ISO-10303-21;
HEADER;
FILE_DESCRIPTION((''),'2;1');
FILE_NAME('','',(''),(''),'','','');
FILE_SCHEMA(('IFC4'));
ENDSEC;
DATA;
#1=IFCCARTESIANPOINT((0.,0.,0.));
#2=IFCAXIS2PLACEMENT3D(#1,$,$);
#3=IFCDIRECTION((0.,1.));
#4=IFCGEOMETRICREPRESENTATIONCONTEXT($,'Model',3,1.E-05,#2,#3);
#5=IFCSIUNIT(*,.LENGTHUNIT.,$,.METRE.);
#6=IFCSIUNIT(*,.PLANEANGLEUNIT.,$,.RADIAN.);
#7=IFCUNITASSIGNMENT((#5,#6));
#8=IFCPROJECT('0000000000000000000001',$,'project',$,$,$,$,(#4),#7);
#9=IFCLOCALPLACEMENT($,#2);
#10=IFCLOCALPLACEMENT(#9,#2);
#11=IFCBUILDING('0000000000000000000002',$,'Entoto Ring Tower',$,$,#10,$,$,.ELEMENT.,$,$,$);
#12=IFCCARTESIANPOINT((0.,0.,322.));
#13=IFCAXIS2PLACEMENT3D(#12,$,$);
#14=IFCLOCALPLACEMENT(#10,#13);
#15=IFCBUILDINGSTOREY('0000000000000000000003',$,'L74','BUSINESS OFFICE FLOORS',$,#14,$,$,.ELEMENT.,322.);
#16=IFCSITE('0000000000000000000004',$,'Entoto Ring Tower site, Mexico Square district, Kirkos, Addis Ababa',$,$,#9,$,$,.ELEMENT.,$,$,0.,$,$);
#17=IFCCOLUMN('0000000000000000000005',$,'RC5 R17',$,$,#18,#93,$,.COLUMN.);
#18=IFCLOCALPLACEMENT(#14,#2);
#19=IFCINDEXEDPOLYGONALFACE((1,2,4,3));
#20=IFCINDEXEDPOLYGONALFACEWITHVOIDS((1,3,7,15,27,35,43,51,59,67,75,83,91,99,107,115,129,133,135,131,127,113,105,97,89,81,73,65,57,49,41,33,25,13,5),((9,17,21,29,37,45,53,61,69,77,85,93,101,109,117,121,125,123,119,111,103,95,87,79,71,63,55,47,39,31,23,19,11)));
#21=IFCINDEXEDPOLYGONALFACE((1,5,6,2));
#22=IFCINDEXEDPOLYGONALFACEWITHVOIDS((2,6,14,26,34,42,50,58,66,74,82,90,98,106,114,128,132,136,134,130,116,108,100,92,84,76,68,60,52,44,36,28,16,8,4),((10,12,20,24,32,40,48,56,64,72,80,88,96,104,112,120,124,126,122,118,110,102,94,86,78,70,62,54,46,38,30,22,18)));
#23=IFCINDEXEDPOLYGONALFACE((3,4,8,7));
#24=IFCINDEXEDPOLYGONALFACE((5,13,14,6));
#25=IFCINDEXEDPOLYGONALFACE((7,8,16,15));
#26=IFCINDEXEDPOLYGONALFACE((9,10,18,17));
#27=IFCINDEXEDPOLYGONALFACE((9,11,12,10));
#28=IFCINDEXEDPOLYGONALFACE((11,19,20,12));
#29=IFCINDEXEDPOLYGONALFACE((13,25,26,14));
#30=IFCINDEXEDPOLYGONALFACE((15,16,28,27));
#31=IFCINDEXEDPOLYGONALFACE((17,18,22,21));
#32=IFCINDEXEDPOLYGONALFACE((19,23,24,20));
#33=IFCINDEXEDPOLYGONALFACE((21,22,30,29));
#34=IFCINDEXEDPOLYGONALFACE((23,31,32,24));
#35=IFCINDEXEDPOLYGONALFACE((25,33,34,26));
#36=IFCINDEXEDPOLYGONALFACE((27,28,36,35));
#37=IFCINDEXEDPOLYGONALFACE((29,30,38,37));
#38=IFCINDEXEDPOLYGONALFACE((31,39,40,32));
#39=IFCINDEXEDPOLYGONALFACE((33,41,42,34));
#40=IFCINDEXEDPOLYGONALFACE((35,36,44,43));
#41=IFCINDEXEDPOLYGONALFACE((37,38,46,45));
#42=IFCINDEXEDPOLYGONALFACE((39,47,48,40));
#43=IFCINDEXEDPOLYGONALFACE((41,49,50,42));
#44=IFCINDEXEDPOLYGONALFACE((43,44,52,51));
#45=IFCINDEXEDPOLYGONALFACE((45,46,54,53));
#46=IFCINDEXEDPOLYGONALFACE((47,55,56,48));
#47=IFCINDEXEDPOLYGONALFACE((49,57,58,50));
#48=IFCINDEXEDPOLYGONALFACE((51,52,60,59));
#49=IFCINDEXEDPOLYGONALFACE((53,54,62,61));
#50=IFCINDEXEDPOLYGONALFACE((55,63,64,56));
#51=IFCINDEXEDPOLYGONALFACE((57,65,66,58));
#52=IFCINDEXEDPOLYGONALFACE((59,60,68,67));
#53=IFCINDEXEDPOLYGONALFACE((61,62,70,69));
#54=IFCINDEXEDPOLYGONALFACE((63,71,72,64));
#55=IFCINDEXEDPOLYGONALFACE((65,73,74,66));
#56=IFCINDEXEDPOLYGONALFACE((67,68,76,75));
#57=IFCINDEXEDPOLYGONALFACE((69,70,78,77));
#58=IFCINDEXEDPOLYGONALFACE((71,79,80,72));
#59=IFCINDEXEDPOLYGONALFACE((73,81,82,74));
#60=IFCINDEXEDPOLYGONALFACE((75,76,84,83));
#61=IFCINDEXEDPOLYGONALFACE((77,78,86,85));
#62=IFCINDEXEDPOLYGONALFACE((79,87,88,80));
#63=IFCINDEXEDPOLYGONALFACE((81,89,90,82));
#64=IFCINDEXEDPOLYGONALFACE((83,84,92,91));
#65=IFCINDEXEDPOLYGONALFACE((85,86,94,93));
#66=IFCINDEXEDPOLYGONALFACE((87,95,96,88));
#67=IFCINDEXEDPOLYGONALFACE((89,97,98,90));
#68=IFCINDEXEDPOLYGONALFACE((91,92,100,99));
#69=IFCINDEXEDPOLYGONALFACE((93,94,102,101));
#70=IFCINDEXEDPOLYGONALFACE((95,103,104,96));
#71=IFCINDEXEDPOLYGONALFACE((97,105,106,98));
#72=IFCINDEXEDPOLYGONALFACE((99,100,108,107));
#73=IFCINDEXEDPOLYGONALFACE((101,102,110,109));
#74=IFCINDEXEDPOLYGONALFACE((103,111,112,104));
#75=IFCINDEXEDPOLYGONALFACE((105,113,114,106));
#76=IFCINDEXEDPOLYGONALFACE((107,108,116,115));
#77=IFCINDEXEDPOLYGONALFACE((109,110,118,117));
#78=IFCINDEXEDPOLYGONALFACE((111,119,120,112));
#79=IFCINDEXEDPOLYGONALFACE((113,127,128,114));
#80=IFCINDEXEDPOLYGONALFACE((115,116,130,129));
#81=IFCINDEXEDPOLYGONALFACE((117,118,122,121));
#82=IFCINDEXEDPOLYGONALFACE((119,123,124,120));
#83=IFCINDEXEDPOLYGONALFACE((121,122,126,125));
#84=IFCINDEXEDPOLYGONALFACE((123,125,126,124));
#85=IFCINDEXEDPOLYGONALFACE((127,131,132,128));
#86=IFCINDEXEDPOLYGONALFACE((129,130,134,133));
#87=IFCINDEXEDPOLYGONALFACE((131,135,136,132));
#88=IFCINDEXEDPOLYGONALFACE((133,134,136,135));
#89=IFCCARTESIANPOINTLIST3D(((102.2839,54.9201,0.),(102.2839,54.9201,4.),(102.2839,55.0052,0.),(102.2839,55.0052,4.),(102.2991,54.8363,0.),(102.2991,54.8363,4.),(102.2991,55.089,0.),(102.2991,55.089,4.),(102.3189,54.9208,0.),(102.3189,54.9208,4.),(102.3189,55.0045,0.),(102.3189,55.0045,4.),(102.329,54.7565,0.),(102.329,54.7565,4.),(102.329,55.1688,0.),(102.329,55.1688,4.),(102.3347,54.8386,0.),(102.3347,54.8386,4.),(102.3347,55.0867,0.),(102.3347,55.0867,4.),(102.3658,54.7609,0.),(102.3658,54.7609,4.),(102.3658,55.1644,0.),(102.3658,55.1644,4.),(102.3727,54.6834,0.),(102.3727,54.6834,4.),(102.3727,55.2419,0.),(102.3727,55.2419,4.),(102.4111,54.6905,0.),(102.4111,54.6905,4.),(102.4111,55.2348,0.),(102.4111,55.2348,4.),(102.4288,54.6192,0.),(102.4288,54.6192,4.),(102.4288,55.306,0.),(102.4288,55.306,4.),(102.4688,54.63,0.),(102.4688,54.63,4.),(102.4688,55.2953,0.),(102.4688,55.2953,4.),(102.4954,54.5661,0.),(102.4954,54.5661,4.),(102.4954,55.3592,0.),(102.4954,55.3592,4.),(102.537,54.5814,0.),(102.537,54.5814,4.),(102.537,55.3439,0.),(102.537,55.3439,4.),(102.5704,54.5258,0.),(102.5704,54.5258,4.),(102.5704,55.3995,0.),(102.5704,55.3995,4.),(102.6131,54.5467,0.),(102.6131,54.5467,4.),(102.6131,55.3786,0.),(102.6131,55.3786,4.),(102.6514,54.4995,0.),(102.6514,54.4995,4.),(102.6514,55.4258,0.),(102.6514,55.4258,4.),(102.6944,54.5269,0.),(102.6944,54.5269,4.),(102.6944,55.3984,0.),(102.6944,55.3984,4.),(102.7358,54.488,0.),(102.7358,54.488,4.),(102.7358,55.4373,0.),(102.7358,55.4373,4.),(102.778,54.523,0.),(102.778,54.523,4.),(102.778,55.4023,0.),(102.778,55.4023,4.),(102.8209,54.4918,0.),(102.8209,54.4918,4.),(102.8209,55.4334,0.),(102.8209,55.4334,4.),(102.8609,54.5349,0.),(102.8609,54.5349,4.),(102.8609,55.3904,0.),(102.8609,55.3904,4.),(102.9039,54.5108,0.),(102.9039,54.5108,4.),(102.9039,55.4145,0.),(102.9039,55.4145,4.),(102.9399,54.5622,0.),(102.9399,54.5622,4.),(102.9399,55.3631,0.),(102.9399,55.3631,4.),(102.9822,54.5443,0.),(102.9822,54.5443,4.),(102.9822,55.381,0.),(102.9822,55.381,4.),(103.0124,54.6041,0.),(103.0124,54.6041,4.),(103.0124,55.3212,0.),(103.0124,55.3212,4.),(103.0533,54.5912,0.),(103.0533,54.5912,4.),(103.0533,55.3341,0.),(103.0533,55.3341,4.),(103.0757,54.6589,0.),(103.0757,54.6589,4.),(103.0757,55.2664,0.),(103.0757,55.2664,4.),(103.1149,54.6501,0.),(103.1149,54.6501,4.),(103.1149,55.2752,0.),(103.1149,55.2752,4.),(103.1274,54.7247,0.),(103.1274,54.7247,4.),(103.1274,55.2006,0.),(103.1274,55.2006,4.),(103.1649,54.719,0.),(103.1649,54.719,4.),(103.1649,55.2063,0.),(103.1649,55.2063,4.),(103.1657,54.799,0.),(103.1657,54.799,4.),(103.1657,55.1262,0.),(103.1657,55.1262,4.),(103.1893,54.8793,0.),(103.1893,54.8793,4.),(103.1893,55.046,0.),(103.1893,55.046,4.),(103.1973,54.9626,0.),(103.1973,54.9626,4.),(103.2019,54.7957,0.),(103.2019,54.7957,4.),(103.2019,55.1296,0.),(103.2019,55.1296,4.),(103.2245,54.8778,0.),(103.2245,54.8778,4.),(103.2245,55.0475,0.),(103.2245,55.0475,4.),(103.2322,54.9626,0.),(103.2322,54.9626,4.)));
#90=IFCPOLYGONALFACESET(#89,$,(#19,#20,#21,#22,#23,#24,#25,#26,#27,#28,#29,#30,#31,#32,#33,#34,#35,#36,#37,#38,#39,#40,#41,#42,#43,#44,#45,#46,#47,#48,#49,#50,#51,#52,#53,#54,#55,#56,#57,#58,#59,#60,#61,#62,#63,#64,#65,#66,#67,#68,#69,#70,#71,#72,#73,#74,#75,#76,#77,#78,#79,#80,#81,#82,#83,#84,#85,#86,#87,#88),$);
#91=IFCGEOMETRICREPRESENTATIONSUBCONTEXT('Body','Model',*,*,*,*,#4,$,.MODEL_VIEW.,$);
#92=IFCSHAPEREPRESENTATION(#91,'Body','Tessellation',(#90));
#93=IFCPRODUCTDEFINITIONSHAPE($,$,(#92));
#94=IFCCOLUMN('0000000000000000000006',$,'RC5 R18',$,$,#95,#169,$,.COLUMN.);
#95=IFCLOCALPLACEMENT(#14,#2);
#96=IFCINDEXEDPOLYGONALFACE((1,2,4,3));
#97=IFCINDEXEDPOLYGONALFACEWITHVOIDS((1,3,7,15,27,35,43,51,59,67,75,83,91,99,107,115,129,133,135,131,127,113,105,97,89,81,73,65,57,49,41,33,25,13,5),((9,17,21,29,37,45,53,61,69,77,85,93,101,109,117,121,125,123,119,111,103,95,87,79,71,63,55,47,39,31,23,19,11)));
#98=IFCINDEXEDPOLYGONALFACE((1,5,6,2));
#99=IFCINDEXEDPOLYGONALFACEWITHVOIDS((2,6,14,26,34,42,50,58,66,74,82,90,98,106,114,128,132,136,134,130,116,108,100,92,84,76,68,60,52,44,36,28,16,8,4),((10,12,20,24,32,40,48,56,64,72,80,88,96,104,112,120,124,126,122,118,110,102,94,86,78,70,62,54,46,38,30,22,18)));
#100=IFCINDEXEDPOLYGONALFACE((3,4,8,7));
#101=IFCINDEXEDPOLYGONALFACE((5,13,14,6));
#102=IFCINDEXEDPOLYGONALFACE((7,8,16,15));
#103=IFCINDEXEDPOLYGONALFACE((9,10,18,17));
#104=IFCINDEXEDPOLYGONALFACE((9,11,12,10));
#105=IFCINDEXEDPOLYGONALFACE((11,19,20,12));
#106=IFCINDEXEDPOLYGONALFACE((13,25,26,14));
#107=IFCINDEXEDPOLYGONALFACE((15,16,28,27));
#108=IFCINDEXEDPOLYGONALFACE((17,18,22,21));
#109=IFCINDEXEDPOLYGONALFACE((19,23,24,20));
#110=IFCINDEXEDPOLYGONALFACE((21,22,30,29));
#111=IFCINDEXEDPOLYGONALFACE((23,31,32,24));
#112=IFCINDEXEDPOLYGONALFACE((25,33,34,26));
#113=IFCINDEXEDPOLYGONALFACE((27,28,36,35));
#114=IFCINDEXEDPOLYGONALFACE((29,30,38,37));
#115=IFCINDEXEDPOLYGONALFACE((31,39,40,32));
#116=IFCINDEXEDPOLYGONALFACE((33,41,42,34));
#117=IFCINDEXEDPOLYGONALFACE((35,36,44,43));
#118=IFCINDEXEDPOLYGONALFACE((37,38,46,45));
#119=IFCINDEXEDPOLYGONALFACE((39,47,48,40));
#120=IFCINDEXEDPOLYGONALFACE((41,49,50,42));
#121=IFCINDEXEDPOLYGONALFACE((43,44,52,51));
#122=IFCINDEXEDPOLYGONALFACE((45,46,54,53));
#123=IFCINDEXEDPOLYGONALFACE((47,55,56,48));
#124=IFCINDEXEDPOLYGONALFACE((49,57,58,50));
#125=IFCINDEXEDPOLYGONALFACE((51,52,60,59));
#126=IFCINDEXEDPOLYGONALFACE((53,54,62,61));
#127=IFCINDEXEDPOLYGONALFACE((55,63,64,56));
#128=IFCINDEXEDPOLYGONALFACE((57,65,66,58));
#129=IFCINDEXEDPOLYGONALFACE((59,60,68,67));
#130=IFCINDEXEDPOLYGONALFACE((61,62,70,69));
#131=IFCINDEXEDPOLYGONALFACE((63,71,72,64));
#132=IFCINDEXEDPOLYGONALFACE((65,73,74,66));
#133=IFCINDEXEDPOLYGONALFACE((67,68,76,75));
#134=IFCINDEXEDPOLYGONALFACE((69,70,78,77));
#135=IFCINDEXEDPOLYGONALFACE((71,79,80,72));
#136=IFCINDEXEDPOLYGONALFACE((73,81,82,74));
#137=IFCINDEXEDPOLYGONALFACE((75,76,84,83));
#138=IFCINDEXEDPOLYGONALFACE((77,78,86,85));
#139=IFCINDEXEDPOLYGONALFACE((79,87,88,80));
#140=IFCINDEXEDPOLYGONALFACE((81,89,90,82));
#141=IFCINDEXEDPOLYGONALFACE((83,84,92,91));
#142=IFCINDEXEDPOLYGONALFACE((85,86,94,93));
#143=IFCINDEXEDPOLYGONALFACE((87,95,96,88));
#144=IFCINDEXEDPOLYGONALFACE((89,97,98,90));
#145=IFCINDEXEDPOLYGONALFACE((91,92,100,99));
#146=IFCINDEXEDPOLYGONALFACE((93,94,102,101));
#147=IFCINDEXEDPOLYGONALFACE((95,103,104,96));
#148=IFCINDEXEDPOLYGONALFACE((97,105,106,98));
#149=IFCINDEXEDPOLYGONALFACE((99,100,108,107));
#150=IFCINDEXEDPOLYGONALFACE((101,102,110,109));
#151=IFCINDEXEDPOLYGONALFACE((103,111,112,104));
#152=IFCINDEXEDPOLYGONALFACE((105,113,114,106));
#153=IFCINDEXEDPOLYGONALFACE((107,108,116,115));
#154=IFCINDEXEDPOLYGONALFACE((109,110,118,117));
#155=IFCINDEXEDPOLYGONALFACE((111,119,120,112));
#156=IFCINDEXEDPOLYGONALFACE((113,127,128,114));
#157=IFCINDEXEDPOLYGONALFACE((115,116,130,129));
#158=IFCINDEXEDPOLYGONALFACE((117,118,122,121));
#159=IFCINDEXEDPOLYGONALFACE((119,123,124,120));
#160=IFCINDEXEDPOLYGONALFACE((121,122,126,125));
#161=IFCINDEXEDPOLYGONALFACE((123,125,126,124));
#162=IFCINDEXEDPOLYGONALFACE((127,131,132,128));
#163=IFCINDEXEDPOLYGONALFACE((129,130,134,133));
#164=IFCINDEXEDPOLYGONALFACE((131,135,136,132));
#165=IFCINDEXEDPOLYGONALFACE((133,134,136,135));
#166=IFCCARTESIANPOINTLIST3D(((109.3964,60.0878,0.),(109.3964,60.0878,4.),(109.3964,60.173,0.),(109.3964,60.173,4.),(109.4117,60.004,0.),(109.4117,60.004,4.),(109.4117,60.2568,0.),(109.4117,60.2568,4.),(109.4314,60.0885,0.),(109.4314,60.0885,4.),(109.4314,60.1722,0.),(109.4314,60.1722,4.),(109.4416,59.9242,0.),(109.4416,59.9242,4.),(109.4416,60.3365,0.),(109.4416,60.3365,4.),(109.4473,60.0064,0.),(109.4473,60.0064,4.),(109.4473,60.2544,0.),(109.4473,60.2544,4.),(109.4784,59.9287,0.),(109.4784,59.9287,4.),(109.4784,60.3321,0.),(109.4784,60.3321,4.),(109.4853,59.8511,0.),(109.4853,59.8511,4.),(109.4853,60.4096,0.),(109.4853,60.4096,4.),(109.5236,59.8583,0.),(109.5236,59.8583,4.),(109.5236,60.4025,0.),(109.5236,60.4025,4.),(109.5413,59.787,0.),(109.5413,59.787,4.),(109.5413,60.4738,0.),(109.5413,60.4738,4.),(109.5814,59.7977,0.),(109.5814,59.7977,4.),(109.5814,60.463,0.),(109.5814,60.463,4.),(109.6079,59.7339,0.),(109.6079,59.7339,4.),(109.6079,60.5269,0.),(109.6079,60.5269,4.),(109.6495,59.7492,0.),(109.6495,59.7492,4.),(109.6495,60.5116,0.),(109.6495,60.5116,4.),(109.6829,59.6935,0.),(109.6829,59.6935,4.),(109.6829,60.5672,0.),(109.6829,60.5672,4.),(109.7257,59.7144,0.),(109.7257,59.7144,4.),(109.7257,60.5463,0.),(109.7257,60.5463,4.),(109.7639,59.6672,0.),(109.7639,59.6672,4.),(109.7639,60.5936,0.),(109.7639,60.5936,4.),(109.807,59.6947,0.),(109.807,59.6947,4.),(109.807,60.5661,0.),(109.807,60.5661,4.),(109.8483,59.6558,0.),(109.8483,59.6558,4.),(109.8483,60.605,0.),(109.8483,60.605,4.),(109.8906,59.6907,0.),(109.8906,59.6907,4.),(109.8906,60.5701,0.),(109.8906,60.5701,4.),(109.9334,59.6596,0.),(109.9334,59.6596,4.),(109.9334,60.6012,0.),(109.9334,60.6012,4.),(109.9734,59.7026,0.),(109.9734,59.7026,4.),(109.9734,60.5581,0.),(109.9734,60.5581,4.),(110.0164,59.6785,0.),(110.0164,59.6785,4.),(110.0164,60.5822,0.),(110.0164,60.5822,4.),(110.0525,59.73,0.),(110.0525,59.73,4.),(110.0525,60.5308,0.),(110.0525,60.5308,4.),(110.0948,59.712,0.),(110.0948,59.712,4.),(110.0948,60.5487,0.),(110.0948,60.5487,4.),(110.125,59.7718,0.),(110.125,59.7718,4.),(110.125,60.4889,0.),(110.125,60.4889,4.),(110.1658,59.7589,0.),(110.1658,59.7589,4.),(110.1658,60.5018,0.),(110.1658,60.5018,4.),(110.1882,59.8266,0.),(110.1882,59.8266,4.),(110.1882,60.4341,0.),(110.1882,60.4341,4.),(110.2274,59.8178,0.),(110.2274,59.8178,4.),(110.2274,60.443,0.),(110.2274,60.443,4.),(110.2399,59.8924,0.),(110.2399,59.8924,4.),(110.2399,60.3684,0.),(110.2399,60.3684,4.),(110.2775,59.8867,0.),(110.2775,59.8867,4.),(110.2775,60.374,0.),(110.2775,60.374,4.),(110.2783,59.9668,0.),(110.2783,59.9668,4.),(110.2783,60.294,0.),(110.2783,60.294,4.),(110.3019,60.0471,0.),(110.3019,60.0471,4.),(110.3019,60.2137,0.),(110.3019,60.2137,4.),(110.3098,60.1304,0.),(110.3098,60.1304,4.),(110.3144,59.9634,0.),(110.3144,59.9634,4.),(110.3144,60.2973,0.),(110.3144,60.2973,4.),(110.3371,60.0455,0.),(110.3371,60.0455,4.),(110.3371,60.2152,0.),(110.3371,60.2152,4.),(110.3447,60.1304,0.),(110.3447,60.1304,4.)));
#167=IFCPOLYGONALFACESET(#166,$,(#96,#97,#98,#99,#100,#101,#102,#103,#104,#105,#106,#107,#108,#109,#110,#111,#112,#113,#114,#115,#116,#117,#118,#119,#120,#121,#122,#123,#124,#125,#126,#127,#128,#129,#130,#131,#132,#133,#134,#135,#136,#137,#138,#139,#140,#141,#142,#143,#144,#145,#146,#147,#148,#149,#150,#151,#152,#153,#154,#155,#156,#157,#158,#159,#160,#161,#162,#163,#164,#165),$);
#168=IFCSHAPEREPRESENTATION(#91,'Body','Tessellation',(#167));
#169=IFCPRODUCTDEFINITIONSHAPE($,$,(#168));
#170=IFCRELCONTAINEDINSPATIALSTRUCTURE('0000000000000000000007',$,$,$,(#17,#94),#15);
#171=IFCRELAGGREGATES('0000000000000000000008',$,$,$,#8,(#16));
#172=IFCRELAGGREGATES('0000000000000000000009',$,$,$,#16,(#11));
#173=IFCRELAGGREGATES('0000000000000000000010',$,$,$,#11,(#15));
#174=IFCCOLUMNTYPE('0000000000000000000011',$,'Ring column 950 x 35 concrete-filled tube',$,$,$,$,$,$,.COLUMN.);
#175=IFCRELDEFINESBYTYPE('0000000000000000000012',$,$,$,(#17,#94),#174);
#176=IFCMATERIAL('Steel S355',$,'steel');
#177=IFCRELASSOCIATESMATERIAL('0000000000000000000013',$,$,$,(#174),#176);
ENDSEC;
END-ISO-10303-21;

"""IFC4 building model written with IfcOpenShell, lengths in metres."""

from ifc_helpers import new_model, si_unit, direction, frame, origin, origin_2d, place, context, subcontext, project, spatial, circle, hollow_circle, extrude, material, material_profile, profile_set, type_object, element, save


model = new_model("IFC4")

# Units and contexts
model_context = context("Model", 3, precision=1e-05, world=origin(), true_north=direction((0.0, 1.0)))
body_context = subcontext(model_context, "Body", "Model", "MODEL_VIEW")
ifc_project = project(units=[si_unit("LENGTHUNIT", "METRE"), si_unit("PLANEANGLEUNIT", "RADIAN")], contexts=[model_context])

# Site, building, storey
site_placement = place(None, origin())
site = spatial("IfcSite", under=ifc_project, at=site_placement, Name="Entoto Ring Tower site, Mexico Square district, Kirkos, Addis Ababa", CompositionType="ELEMENT", RefElevation=0.0)
building_placement = place(site_placement, origin())
building = spatial("IfcBuilding", under=site, at=building_placement, Name="Entoto Ring Tower", CompositionType="ELEMENT")
storey_placement = place(building_placement, frame((0.0, 0.0, 322.0)))
storey = spatial("IfcBuildingStorey", under=building, at=storey_placement, Name="L74", Description="BUSINESS OFFICE FLOORS", CompositionType="ELEMENT", Elevation=322.0)

# Columns
ifc_material_1 = material(Name="Steel S355", Category="steel")
ifc_material_profile_1 = material_profile(ifc_material_1, hollow_circle(Radius=0.4751, WallThickness=0.0349, at=origin_2d()), Name="CHS 950 x 35")
ifc_material_2 = material(Name="Concrete C60/75", Category="concrete")
ifc_material_profile_2 = material_profile(ifc_material_2, circle(Radius=0.4399, at=origin_2d()), Name="Concrete C60/75 infill")
ifc_profile_set_1 = profile_set([ifc_material_profile_1, ifc_material_profile_2], Name="Steel S355")
column_type = type_object("IfcColumnType", Name="Ring column 950 x 35 concrete-filled tube", PredefinedType="COLUMN", material=ifc_profile_set_1)
for number, where, z_axis, x_axis, name in (
    (1, (102.7571, 54.9626, 0.0), (0.0, 0.0, 1.0), (1.0, 0.0, 0.0), "RC5 R17"),
    (2, (109.8696, 60.1304, 0.0), (0.0, 0.0, 1.0), (1.0, 0.0, 0.0), "RC5 R18"),
):
    element("IfcColumn", number, at=place(storey_placement, frame(where, z_axis=z_axis, x_axis=x_axis)), inside=storey, type_object=column_type, Name=name, PredefinedType="COLUMN", context=body_context, shape_type="SweptSolid", body=[
        extrude(hollow_circle(Radius=0.4751, WallThickness=0.0349, at=origin_2d()), origin(), (0.0, 0.0, 1.0), 4.0),
    ])

save(model, "model.ifc")
